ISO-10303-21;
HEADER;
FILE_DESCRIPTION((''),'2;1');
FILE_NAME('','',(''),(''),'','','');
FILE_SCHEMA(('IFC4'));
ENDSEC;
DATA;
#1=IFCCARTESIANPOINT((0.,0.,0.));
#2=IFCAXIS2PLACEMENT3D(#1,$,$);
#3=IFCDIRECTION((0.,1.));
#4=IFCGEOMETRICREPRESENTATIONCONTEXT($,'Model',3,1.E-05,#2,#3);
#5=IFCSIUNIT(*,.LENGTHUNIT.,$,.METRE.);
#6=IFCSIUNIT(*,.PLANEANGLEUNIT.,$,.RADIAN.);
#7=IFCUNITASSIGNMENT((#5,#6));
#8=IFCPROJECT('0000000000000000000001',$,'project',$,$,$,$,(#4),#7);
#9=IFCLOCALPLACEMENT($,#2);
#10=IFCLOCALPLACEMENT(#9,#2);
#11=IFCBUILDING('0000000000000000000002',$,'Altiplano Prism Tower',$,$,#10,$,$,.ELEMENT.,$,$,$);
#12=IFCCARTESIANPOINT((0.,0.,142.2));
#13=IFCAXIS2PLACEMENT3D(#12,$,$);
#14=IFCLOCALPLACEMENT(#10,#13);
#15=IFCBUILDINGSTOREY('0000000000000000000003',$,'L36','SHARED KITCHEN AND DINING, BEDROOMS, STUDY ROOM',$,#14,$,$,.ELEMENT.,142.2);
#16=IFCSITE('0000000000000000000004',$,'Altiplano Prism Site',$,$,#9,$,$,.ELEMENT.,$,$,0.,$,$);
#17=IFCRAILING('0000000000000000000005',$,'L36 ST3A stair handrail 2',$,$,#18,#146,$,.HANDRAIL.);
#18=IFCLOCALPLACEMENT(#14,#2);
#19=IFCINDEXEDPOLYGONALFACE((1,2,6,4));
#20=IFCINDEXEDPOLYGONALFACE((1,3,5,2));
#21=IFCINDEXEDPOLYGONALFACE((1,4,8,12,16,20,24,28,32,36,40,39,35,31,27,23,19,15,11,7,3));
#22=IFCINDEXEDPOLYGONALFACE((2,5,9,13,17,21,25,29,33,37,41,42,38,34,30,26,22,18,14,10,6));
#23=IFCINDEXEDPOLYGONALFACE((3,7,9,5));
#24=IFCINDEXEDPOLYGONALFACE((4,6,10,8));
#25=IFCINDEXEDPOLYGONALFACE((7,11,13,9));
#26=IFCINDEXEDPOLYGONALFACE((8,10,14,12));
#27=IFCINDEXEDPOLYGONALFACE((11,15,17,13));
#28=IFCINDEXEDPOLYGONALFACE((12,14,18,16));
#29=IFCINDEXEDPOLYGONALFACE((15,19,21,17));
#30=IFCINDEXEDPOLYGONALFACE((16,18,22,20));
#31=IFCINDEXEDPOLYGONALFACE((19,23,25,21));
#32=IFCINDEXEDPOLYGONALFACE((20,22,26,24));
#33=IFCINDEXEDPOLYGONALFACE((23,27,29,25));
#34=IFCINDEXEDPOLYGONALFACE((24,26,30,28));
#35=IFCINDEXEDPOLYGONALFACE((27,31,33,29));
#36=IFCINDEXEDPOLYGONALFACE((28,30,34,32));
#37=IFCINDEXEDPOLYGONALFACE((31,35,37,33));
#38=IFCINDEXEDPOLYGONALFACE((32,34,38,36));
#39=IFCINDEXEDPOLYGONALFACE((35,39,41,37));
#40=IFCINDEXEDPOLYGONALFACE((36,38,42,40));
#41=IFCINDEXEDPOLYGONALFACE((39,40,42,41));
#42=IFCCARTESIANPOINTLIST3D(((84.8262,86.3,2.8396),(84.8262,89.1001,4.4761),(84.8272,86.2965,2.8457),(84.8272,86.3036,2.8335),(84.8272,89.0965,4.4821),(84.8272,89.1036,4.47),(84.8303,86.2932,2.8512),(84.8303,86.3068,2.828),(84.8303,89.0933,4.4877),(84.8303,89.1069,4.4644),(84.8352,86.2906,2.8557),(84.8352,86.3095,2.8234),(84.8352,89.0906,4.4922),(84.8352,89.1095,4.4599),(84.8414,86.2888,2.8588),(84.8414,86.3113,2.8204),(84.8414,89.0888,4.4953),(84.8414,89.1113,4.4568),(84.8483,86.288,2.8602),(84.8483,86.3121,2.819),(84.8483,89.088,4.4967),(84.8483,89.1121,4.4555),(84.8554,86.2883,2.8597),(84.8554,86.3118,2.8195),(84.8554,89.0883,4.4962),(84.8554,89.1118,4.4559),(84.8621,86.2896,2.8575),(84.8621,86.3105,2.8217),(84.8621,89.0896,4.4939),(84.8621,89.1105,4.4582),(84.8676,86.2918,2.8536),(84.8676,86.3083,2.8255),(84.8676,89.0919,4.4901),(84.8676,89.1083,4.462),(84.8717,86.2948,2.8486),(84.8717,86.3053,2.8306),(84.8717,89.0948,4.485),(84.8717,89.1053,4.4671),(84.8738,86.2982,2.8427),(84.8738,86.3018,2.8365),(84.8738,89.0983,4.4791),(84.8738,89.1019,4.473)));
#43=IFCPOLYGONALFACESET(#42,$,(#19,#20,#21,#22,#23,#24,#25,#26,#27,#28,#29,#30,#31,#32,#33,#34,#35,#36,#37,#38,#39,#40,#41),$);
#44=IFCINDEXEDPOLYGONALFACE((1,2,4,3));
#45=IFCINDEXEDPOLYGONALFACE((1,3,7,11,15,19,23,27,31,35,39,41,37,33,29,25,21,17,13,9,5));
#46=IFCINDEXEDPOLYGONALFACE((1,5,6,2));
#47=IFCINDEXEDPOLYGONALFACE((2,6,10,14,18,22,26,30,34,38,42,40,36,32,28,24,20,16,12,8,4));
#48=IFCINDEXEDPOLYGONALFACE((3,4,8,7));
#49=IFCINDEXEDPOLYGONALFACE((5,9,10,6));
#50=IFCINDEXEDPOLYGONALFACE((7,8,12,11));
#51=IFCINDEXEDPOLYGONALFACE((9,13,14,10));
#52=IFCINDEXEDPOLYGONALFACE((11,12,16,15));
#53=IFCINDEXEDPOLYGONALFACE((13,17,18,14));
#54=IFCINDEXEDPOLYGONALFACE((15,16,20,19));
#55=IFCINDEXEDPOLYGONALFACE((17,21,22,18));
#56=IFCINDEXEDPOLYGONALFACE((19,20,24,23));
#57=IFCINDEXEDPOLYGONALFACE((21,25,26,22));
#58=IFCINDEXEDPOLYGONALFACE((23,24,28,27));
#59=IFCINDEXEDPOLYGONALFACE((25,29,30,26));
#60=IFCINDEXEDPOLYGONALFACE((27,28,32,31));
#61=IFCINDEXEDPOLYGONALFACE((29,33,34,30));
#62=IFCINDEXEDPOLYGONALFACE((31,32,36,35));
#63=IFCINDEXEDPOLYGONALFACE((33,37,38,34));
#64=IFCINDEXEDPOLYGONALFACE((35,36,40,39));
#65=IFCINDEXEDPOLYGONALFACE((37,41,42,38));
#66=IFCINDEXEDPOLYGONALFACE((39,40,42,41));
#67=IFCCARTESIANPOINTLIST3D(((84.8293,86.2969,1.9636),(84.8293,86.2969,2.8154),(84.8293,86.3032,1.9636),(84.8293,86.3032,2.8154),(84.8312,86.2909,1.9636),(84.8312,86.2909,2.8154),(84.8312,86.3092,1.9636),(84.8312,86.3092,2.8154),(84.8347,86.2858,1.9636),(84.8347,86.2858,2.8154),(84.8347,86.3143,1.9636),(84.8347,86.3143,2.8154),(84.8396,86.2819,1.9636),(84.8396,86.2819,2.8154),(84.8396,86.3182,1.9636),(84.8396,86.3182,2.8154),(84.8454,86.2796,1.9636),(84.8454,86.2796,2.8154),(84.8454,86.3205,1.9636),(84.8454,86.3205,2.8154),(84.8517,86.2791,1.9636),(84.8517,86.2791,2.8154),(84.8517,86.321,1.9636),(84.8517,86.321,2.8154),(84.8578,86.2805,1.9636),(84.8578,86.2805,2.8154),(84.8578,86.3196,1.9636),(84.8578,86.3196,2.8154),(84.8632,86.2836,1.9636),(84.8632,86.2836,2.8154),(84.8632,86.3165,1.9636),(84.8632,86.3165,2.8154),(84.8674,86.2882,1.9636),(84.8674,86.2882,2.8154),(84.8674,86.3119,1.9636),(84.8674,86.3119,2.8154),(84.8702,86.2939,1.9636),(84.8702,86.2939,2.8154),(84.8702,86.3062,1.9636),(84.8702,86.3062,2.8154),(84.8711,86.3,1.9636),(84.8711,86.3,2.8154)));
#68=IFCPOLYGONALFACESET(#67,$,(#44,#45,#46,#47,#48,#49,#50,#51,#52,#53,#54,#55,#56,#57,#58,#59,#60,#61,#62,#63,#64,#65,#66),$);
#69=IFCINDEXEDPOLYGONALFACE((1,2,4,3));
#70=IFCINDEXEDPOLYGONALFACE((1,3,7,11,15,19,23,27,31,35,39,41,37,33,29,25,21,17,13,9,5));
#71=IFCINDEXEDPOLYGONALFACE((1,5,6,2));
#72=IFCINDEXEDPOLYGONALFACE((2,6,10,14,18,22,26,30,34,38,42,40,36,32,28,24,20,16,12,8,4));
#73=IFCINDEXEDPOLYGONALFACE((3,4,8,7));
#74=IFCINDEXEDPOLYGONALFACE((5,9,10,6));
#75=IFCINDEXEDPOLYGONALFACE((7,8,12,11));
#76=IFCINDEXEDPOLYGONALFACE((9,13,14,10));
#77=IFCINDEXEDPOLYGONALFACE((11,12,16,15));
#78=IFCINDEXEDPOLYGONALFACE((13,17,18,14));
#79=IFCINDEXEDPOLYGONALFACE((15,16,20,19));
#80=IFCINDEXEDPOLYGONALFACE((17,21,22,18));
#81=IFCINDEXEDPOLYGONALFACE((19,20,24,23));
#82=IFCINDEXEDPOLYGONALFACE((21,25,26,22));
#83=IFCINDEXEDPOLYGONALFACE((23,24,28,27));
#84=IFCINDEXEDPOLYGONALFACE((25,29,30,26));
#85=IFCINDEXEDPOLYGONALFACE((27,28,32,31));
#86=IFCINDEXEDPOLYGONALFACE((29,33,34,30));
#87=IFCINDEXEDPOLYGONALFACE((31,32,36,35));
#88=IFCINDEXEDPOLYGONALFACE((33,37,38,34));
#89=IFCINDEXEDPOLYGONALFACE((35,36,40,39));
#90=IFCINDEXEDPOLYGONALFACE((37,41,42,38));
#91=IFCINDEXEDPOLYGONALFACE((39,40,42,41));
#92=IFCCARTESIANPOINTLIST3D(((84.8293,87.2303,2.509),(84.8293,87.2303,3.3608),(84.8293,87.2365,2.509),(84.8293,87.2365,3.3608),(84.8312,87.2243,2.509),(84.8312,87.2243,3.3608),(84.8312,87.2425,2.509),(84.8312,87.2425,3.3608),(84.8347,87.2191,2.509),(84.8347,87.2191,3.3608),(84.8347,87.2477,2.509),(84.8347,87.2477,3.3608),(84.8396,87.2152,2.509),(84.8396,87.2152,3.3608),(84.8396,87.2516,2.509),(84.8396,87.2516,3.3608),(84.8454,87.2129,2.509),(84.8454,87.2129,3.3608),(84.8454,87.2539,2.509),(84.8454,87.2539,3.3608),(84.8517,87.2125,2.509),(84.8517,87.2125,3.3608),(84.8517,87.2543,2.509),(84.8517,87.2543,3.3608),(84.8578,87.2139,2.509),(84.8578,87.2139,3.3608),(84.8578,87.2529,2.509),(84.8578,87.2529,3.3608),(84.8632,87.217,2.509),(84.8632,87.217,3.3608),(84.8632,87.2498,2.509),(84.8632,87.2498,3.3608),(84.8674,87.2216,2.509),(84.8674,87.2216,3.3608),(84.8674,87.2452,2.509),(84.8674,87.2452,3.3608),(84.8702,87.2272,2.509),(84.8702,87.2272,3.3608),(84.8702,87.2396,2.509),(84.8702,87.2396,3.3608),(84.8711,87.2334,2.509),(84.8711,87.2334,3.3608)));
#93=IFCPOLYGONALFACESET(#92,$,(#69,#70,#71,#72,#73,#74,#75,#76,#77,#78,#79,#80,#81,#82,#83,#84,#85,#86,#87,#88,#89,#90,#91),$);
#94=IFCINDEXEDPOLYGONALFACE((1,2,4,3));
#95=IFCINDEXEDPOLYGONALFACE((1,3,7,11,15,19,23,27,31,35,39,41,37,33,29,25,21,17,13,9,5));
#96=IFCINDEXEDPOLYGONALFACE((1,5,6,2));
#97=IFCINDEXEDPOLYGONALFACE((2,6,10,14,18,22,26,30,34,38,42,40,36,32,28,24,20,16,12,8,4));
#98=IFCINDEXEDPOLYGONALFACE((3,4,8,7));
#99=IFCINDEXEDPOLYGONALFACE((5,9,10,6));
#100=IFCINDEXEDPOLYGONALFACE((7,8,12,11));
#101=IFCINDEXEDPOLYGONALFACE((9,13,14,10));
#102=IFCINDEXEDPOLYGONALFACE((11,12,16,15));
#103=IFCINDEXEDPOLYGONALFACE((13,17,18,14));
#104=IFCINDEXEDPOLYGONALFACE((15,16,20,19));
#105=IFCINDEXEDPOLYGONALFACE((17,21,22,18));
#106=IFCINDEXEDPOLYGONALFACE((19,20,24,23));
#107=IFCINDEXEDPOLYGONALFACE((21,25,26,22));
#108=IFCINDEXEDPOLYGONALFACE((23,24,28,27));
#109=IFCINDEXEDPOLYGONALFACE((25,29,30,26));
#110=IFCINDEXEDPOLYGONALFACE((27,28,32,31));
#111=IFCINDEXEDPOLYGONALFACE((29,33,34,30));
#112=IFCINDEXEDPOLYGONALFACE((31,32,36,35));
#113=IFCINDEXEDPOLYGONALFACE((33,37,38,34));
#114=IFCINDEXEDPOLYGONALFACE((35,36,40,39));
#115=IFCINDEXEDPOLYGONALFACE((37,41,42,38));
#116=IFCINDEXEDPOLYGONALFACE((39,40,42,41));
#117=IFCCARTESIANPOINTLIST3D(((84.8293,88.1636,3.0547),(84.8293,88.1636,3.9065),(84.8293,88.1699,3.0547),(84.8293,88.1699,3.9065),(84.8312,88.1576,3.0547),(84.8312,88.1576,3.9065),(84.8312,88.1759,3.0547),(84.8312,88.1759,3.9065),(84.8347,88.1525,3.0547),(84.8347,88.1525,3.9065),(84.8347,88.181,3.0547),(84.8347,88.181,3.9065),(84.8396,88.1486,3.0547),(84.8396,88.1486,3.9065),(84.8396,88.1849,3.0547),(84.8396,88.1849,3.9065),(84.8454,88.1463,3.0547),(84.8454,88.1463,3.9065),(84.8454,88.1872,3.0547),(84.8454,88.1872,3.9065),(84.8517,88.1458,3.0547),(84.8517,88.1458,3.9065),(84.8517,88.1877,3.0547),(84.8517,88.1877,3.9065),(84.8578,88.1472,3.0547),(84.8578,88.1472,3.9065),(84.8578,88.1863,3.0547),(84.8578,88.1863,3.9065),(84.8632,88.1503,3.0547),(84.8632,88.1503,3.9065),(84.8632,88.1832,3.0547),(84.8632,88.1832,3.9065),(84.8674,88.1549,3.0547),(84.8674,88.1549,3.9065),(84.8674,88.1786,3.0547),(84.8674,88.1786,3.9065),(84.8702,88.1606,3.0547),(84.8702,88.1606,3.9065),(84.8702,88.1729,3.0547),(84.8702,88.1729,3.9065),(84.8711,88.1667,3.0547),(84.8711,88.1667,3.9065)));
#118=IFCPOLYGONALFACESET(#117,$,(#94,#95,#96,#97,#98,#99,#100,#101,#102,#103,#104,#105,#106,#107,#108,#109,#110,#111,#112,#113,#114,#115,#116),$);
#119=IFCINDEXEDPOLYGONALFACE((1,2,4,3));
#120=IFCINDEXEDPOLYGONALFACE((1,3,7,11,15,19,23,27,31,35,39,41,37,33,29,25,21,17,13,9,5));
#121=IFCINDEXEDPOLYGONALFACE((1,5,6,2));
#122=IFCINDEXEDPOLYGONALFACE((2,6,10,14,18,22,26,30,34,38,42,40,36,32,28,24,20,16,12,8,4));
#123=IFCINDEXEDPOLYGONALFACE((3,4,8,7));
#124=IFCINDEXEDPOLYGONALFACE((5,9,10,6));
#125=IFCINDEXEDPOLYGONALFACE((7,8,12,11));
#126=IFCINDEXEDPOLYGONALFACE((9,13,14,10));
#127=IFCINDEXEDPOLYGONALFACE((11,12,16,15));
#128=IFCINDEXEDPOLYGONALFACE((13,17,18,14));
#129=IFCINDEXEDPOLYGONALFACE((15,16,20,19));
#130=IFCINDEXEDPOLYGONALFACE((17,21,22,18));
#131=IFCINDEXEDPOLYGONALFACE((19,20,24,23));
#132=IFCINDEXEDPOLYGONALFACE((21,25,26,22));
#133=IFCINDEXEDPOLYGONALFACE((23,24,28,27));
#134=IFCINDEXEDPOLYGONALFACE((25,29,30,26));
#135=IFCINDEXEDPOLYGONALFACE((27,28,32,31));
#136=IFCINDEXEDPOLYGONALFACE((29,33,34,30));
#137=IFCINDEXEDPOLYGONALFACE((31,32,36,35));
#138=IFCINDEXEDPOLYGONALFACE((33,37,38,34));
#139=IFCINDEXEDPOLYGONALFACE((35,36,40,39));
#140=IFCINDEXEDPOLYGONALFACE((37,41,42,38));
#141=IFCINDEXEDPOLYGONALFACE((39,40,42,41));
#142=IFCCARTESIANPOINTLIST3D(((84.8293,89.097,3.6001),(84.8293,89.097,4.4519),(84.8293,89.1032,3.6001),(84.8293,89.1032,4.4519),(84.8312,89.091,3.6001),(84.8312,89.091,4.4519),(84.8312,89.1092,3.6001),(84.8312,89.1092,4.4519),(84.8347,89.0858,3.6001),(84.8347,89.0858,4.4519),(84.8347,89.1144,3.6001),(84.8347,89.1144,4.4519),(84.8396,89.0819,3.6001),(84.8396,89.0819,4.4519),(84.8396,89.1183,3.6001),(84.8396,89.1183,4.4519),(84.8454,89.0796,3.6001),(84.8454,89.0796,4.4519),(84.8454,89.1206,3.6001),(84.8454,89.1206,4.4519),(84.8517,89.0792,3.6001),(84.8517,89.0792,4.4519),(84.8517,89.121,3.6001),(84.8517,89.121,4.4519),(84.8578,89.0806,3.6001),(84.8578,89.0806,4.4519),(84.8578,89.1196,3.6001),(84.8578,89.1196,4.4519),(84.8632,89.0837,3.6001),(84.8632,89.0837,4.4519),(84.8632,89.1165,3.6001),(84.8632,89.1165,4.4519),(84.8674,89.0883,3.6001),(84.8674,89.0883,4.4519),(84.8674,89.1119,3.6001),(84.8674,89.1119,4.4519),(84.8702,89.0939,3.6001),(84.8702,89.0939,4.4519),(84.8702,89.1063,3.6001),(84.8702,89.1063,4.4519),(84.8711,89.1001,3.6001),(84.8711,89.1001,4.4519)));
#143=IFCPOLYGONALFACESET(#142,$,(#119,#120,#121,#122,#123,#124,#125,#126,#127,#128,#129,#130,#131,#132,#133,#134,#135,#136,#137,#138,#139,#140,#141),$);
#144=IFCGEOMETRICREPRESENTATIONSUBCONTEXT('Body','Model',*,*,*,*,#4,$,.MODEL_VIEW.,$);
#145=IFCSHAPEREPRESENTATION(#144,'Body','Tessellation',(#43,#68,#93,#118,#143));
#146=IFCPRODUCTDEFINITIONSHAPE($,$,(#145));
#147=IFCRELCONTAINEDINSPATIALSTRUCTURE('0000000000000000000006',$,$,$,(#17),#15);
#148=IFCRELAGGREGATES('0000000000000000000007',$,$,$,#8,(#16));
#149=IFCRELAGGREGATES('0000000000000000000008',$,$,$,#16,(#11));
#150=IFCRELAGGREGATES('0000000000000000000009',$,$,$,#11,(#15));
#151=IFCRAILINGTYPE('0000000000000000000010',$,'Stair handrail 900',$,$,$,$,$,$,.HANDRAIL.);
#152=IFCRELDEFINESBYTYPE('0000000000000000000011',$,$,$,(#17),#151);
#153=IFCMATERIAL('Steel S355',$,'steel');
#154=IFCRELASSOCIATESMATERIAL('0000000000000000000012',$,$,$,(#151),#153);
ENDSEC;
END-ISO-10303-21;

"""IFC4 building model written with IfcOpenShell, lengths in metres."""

from ifc_helpers import new_model, si_unit, direction, frame, origin, origin_2d, place, context, subcontext, project, spatial, circle, extrude, material, type_object, element, save


model = new_model("IFC4")

# Units and contexts
model_context = context("Model", 3, precision=1e-05, world=origin(), true_north=direction((0.0, 1.0)))
body_context = subcontext(model_context, "Body", "Model", "MODEL_VIEW")
ifc_project = project(units=[si_unit("LENGTHUNIT", "METRE"), si_unit("PLANEANGLEUNIT", "RADIAN")], contexts=[model_context])

# Site, building, storey
site_placement = place(None, origin())
site = spatial("IfcSite", under=ifc_project, at=site_placement, Name="Altiplano Prism Site", CompositionType="ELEMENT", RefElevation=0.0)
building_placement = place(site_placement, origin())
building = spatial("IfcBuilding", under=site, at=building_placement, Name="Altiplano Prism Tower", CompositionType="ELEMENT")
storey_placement = place(building_placement, frame((0.0, 0.0, 142.2)))
storey = spatial("IfcBuildingStorey", under=building, at=storey_placement, Name="L36", Description="SHARED KITCHEN AND DINING, BEDROOMS, STUDY ROOM", CompositionType="ELEMENT", Elevation=142.2)

# Railing
ifc_material_1 = material(Name="Steel S355", Category="steel")
railing_type_1 = type_object("IfcRailingType", Name="Stair handrail 900", PredefinedType="HANDRAIL", material=ifc_material_1)
railing_1_placement = place(storey_placement, frame((84.8501, 86.3, 1.9636)))
element("IfcRailing", 1, at=railing_1_placement, inside=storey, type_object=railing_type_1, Name="L36 ST3A stair handrail 2", PredefinedType="HANDRAIL", context=body_context, shape_type="SweptSolid", body=[
    extrude(circle(Radius=0.0239, at=origin_2d()), frame((0.0, 0.0, 0.876), z_axis=(0.0, 0.863361, 0.504587), x_axis=(-1.0, 0.0, 0.0)), (0.0, 0.0, 1.0), 3.2432),
    extrude(circle(Radius=0.021, at=origin_2d()), origin(), (0.0, 0.0, 1.0), 0.8518),
    extrude(circle(Radius=0.021, at=origin_2d()), frame((0.0, 0.9333, 0.5454)), (0.0, 0.0, 1.0), 0.8518),
    extrude(circle(Radius=0.021, at=origin_2d()), frame((0.0, 1.8667, 1.0911)), (0.0, 0.0, 1.0), 0.8518),
    extrude(circle(Radius=0.021, at=origin_2d()), frame((0.0, 2.8, 1.6365)), (0.0, 0.0, 1.0), 0.8518),
])

save(model, "model.ifc")
